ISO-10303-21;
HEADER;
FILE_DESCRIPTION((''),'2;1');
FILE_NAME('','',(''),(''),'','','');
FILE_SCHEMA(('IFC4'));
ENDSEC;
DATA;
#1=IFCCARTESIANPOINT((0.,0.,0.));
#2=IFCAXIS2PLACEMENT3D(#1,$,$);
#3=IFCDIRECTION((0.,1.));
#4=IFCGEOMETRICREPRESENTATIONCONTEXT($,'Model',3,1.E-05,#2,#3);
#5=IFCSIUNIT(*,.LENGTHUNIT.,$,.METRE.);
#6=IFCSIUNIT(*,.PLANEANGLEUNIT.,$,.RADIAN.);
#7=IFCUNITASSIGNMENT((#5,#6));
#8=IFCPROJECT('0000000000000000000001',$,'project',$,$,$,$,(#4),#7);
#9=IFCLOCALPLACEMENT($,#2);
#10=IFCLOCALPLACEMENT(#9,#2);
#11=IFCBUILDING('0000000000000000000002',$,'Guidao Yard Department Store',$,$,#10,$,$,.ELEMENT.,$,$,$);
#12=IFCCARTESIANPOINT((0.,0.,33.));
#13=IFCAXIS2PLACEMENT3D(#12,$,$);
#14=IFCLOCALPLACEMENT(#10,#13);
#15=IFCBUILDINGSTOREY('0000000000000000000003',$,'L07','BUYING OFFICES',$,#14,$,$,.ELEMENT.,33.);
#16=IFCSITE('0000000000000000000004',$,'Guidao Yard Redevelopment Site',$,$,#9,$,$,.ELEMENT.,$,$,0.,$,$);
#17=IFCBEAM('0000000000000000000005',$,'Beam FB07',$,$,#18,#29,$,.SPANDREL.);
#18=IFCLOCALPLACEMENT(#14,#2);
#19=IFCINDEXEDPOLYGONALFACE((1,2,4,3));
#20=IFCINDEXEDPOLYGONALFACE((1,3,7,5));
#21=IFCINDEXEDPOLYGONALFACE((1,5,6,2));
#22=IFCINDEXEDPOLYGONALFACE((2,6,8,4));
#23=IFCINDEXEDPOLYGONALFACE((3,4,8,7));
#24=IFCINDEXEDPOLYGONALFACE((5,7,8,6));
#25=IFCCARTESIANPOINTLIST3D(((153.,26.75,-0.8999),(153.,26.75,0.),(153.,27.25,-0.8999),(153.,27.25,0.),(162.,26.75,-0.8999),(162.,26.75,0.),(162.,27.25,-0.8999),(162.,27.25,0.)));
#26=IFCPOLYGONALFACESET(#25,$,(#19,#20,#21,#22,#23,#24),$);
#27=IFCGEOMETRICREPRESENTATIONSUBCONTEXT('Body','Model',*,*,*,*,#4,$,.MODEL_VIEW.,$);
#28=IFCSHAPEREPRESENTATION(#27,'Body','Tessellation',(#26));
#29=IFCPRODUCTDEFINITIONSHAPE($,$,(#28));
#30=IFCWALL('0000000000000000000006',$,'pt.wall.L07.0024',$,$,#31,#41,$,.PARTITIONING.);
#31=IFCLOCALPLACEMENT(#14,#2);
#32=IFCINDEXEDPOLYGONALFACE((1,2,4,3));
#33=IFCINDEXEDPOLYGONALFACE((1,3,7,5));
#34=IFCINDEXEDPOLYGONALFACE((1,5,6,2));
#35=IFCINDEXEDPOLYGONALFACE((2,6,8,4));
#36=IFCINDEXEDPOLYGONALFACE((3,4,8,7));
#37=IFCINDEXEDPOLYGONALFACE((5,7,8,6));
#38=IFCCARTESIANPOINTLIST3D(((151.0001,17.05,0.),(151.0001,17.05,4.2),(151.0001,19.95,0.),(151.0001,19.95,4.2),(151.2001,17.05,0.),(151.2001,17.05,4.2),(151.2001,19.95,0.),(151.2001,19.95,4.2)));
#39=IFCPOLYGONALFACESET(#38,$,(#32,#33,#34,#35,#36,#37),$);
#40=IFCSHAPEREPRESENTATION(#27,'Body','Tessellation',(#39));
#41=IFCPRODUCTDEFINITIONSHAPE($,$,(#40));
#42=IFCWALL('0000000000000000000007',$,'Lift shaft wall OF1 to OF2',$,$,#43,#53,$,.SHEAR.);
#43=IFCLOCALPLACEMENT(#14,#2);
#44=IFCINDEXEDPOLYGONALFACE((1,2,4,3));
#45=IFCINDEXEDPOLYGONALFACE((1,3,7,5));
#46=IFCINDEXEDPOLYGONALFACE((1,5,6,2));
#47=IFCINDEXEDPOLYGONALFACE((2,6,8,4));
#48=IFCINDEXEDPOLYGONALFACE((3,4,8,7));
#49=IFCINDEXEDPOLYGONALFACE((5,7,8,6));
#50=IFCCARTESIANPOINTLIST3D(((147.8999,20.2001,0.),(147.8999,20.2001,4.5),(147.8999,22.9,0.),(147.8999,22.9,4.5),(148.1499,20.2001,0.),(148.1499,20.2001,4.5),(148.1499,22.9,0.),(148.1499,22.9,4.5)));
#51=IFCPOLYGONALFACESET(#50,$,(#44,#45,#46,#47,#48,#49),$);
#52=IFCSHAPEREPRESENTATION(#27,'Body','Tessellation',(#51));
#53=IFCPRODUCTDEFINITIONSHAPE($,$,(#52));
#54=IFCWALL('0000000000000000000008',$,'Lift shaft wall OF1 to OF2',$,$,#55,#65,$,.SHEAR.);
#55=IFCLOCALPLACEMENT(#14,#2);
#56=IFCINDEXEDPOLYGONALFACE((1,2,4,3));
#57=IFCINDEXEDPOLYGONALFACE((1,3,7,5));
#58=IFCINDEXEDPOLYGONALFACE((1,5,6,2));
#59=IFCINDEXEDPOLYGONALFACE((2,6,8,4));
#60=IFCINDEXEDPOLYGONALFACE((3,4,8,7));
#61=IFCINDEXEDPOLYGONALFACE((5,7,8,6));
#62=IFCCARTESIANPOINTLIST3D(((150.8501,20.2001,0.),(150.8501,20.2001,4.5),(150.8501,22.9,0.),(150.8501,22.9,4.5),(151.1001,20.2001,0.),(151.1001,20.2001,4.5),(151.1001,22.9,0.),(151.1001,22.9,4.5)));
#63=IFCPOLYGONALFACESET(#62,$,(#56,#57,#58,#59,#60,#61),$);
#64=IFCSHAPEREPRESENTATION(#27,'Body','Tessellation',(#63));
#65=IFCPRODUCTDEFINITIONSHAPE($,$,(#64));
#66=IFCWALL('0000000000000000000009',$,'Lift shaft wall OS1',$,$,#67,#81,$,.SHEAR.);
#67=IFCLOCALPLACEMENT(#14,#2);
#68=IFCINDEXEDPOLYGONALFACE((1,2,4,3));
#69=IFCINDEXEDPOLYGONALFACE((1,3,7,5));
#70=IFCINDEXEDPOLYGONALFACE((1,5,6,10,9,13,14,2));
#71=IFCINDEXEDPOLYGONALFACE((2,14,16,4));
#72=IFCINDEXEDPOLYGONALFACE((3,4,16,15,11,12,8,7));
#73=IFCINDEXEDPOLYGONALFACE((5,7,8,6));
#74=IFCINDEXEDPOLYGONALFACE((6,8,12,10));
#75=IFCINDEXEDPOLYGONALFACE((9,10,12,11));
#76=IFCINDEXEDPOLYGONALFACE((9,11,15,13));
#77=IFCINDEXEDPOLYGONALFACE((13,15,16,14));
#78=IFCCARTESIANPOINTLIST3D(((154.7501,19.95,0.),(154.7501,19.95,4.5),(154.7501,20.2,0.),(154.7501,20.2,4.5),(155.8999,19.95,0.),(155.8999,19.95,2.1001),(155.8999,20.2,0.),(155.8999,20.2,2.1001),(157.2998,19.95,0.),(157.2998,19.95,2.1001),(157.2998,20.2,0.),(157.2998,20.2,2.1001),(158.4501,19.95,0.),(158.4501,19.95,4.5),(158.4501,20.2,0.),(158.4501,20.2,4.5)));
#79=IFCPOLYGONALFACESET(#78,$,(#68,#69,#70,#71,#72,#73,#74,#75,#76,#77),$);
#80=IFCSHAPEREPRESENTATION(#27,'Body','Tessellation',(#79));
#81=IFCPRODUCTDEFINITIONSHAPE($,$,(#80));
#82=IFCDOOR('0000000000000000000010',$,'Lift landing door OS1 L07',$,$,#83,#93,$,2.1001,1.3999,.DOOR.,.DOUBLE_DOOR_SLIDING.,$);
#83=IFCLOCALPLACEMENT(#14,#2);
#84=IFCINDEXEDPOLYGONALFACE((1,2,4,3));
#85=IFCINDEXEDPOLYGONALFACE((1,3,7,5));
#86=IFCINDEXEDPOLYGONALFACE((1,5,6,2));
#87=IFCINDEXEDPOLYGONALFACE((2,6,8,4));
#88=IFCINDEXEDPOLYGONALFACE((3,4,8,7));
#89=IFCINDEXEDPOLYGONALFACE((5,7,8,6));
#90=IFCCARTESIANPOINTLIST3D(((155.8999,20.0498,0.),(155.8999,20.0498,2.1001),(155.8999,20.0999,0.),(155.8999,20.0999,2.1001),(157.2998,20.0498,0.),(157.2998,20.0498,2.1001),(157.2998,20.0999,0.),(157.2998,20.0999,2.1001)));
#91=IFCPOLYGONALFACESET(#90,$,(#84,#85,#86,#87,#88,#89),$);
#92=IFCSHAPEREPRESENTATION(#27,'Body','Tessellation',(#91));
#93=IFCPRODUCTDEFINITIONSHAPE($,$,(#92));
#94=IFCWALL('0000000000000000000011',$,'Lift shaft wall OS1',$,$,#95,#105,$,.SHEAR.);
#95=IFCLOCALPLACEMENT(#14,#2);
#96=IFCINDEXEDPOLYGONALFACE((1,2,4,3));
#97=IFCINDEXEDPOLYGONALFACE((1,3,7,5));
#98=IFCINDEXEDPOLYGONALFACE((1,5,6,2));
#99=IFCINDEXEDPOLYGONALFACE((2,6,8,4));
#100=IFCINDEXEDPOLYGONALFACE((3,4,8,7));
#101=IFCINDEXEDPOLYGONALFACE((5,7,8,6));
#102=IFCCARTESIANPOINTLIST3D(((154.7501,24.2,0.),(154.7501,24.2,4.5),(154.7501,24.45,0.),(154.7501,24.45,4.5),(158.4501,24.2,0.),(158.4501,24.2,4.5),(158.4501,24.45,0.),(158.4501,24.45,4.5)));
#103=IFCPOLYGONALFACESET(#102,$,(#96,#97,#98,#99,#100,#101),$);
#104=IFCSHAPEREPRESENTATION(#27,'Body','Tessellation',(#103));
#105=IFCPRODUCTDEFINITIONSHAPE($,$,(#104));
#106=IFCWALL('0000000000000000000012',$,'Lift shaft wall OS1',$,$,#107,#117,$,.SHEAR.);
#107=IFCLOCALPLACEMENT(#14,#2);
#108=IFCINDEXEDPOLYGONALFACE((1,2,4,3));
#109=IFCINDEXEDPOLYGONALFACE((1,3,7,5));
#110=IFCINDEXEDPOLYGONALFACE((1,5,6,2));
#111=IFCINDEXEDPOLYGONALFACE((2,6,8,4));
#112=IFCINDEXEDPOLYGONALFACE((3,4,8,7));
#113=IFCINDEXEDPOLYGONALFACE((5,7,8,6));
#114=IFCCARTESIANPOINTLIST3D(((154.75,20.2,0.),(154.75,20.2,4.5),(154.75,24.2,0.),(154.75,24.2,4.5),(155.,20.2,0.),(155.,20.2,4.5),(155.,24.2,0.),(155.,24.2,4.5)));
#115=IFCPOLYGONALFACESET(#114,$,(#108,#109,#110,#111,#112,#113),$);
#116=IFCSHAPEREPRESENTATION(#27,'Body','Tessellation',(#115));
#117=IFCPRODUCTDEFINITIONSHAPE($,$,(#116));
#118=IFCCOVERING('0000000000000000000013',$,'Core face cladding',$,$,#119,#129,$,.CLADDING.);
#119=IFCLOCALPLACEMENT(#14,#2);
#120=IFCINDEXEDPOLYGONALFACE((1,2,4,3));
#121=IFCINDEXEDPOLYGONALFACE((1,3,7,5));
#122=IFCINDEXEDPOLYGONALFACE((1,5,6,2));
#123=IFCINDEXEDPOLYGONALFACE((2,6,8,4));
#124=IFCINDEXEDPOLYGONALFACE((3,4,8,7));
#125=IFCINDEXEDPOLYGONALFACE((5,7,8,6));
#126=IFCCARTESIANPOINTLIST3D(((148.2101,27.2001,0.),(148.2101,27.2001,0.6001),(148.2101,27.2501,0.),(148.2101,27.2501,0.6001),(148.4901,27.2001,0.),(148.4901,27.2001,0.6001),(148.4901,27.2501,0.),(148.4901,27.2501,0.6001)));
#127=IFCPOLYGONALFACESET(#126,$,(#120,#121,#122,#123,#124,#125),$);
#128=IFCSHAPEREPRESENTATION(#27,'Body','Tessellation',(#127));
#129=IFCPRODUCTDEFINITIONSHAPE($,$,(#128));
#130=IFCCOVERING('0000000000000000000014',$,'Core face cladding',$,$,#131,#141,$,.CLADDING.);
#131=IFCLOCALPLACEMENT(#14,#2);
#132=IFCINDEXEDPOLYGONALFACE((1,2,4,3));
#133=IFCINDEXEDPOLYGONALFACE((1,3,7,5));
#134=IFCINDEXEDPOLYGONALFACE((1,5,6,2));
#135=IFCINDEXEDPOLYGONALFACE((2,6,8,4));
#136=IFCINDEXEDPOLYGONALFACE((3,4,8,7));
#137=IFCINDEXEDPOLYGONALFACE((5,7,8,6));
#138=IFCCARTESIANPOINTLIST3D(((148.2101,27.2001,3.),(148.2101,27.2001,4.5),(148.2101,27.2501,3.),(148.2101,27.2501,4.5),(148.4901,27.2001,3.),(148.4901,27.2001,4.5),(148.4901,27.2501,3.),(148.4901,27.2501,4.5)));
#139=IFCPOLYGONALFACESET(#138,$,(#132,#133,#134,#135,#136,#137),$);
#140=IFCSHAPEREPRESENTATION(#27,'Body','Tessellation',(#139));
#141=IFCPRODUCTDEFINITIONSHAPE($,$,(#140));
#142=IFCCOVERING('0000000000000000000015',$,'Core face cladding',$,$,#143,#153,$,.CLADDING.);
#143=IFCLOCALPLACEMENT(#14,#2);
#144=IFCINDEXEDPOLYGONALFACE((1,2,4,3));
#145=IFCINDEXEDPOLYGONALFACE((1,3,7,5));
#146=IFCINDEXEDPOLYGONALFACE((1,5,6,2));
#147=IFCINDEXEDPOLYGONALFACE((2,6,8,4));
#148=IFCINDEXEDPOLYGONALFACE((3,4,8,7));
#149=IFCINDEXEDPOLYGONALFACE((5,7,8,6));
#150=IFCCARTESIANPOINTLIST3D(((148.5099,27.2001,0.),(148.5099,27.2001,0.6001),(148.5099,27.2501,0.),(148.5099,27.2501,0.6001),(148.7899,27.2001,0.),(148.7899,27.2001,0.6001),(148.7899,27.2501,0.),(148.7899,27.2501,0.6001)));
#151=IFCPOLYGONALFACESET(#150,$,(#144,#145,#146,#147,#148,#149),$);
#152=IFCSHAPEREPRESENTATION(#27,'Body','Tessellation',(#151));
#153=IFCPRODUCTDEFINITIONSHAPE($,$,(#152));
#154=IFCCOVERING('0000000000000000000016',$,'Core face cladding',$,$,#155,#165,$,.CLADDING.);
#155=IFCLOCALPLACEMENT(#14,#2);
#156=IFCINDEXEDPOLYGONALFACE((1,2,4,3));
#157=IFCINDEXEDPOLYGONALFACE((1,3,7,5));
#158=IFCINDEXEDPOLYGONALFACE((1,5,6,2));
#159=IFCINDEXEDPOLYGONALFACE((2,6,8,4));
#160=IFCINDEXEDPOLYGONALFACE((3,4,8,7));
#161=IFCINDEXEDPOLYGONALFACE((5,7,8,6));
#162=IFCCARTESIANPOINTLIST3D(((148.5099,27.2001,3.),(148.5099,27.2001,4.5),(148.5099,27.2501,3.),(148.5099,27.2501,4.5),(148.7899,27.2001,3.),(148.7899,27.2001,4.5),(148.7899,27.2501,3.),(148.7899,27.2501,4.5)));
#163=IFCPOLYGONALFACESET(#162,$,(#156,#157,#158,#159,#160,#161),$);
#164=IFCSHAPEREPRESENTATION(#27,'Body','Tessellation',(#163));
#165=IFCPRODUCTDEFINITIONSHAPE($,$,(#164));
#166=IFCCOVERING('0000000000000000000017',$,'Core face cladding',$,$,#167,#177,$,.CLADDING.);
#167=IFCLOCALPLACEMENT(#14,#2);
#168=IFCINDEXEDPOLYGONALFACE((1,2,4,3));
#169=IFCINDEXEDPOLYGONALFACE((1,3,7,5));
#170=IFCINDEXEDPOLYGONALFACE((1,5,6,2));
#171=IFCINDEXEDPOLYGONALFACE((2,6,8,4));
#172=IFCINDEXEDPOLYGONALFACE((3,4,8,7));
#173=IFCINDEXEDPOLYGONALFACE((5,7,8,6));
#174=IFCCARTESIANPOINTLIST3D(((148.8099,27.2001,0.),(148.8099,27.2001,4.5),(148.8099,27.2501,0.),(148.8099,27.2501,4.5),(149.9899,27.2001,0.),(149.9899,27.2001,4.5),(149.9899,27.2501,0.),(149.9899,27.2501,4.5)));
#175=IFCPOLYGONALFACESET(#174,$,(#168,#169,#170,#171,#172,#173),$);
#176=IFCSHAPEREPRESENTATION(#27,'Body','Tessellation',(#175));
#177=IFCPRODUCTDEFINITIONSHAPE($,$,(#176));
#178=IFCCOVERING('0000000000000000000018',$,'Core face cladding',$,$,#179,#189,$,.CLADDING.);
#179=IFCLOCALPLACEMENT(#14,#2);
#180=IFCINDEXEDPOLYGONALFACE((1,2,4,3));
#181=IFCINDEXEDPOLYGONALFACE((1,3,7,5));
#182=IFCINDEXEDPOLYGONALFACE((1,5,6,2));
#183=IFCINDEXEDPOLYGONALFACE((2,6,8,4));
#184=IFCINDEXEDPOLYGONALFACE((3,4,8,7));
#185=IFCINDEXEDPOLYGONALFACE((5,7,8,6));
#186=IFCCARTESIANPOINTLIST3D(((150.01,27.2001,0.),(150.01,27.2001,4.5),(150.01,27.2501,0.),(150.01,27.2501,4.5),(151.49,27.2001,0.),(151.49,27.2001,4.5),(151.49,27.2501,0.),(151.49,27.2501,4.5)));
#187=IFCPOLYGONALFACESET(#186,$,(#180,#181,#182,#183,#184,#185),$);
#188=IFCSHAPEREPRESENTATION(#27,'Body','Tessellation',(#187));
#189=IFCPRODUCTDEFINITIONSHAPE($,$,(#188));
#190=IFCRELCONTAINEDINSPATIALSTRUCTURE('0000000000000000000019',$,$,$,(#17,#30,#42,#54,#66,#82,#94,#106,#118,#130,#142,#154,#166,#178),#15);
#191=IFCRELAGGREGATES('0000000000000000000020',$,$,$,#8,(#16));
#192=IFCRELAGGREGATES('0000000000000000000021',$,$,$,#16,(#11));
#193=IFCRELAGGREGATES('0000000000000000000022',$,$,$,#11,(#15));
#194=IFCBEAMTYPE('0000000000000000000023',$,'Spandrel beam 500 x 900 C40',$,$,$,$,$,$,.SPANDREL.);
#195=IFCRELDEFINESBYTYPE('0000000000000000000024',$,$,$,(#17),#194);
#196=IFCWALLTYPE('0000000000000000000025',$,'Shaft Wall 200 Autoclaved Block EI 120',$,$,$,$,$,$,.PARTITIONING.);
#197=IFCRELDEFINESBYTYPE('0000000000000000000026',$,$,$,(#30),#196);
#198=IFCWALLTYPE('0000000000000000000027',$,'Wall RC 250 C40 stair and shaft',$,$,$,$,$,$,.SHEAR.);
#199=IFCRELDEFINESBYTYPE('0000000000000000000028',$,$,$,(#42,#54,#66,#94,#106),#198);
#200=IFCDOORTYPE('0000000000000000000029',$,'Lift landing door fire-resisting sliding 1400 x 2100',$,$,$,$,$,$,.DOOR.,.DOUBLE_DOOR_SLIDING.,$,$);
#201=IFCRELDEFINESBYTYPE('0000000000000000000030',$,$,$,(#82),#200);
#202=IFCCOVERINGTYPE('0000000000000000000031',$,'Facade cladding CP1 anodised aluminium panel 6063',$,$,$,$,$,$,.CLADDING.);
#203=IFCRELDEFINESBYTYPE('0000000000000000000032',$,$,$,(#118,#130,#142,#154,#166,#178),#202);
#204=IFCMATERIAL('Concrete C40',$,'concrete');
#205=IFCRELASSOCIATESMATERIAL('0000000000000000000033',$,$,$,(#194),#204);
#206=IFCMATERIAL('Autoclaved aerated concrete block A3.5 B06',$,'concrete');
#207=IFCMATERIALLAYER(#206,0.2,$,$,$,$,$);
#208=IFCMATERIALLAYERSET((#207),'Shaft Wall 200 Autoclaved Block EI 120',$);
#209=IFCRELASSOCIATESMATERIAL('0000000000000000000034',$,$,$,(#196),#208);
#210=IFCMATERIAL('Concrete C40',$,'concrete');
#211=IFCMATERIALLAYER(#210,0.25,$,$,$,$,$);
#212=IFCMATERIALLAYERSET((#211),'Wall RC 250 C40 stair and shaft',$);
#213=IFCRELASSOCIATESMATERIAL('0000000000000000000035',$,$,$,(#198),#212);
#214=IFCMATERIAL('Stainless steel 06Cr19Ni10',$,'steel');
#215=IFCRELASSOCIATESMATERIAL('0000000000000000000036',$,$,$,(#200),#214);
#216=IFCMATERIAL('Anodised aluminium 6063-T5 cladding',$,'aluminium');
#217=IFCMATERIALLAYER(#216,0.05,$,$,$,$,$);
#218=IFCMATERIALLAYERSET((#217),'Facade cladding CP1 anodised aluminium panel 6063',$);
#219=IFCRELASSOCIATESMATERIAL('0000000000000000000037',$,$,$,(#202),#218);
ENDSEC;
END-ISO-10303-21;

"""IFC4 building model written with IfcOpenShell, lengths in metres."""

from ifc_helpers import new_model, si_unit, direction, frame, frame_2d, origin, origin_2d, place, context, subcontext, project, spatial, rectangle, extrude, material, layer, layer_set, material_profile, profile_set, type_object, element, fill, save


model = new_model("IFC4")

# Units and contexts
model_context = context("Model", 3, precision=1e-05, world=origin(), true_north=direction((0.0, 1.0)))
body_context = subcontext(model_context, "Body", "Model", "MODEL_VIEW")
ifc_project = project(units=[si_unit("LENGTHUNIT", "METRE"), si_unit("PLANEANGLEUNIT", "RADIAN")], contexts=[model_context])

# Site, building, storey
site_placement = place(None, origin())
site = spatial("IfcSite", under=ifc_project, at=site_placement, Name="Guidao Yard Redevelopment Site", CompositionType="ELEMENT", RefElevation=0.0)
building_placement = place(site_placement, origin())
building = spatial("IfcBuilding", under=site, at=building_placement, Name="Guidao Yard Department Store", CompositionType="ELEMENT")
storey_placement = place(building_placement, frame((0.0, 0.0, 33.0)))
storey = spatial("IfcBuildingStorey", under=building, at=storey_placement, Name="L07", Description="BUYING OFFICES", CompositionType="ELEMENT", Elevation=33.0)

# Beam
ifc_material_1 = material(Name="Concrete C40", Category="concrete")
ifc_material_profile = material_profile(ifc_material_1, rectangle(XDim=0.5, YDim=0.8999, at=origin_2d()), Name="Spandrel beam 500 x 900 C40")
ifc_profile_set = profile_set([ifc_material_profile], Name="Concrete C40")
beam_type = type_object("IfcBeamType", Name="Spandrel beam 500 x 900 C40", PredefinedType="SPANDREL", material=ifc_profile_set)
beam_placement = place(storey_placement, frame((153.0, 27.0, -0.45), z_axis=(1.0, 0.0, 0.0), x_axis=(0.0, 1.0, 0.0)))
element("IfcBeam", 1, at=beam_placement, inside=storey, type_object=beam_type, Name="Beam FB07", PredefinedType="SPANDREL", context=body_context, shape_type="SweptSolid", body=[
    extrude(rectangle(XDim=0.5, YDim=0.8999, at=origin_2d()), origin(), (0.0, 0.0, 1.0), 9.0),
])

# Walls
ifc_material_2 = material(Name="Autoclaved aerated concrete block A3.5 B06", Category="concrete")
ifc_layer_1 = layer(ifc_material_2, 0.2)
ifc_layer_set_1 = layer_set([ifc_layer_1], Name="Shaft Wall 200 Autoclaved Block EI 120")
wall_type_1 = type_object("IfcWallType", Name="Shaft Wall 200 Autoclaved Block EI 120", PredefinedType="PARTITIONING", material=ifc_layer_set_1)
wall_1_placement = place(storey_placement, frame((151.1001, 17.05, 0.0), z_axis=(0.0, 0.0, 1.0), x_axis=(0.0, 1.0, 0.0)))
element("IfcWall", 2, at=wall_1_placement, inside=storey, type_object=wall_type_1, Name="pt.wall.L07.0024", PredefinedType="PARTITIONING", context=body_context, shape_type="SweptSolid", body=[
    extrude(rectangle(XDim=2.8999, YDim=0.2, at=frame_2d((1.45, 0.0))), origin(), (0.0, 0.0, 1.0), 4.2),
])
ifc_material_3 = material(Name="Concrete C40", Category="concrete")
ifc_layer_2 = layer(ifc_material_3, 0.25)
ifc_layer_set_2 = layer_set([ifc_layer_2], Name="Wall RC 250 C40 stair and shaft")
wall_type_2 = type_object("IfcWallType", Name="Wall RC 250 C40 stair and shaft", PredefinedType="SHEAR", material=ifc_layer_set_2)
for number, where, z_axis, x_axis, name in (
    (3, (148.0249, 20.2, 0.0), (0.0, 0.0, 1.0), (0.0, 1.0, 0.0), "Lift shaft wall OF1 to OF2"),
    (4, (150.9751, 20.2, 0.0), (0.0, 0.0, 1.0), (0.0, 1.0, 0.0), "Lift shaft wall OF1 to OF2"),
):
    element("IfcWall", number, at=place(storey_placement, frame(where, z_axis=z_axis, x_axis=x_axis)), inside=storey, type_object=wall_type_2, Name=name, PredefinedType="SHEAR", context=body_context, shape_type="SweptSolid", body=[
        extrude(rectangle(XDim=2.7, YDim=0.25, at=frame_2d((1.3501, 0.0))), origin(), (0.0, 0.0, 1.0), 4.5),
    ])

# Wall, opening, door
wall_2_placement = place(storey_placement, frame((154.75, 20.075, 0.0), z_axis=(0.0, 0.0, 1.0), x_axis=(1.0, 0.0, 0.0)))
wall_2 = element("IfcWall", 5, at=wall_2_placement, inside=storey, type_object=wall_type_2, Name="Lift shaft wall OS1", PredefinedType="SHEAR", context=body_context, shape_type="SweptSolid", body=[
    extrude(rectangle(XDim=3.7, YDim=0.25, at=frame_2d((1.8501, 0.0))), origin(), (0.0, 0.0, 1.0), 4.5),
])
opening_placement = place(wall_2_placement, frame((1.1499, 0.0, 0.0)))
opening = element("IfcOpeningElement", 6, at=opening_placement, cuts=wall_2, PredefinedType="OPENING", context=body_context, shape_type="SweptSolid", body=[
    extrude(rectangle(XDim=1.3999, YDim=2.1001, at=frame_2d((0.7, 1.05))), frame((0.0, 0.135, 0.0), z_axis=(0.0, -1.0, 0.0), x_axis=(1.0, 0.0, 0.0)), (0.0, 0.0, 1.0), 0.27),
])
ifc_material_4 = material(Name="Stainless steel 06Cr19Ni10", Category="steel")
door_type = type_object("IfcDoorType", Name="Lift landing door fire-resisting sliding 1400 x 2100", OperationType="DOUBLE_DOOR_SLIDING", PredefinedType="DOOR", material=ifc_material_4)
door_placement = place(opening_placement, origin())
door = element("IfcDoor", 7, at=door_placement, inside=storey, type_object=door_type, Name="Lift landing door OS1 L07", OperationType="DOUBLE_DOOR_SLIDING", OverallHeight=2.1001, OverallWidth=1.3999, PredefinedType="DOOR", context=body_context, shape_type="SweptSolid", body=[
    extrude(rectangle(XDim=1.3999, YDim=2.1001, at=frame_2d((0.7, 1.05))), frame((0.0, 0.0249, 0.0), z_axis=(0.0, -1.0, 0.0), x_axis=(1.0, 0.0, 0.0)), (0.0, 0.0, 1.0), 0.05),
])
fill(opening, door)

# Walls
wall_3_placement = place(storey_placement, frame((154.75, 24.325, 0.0), z_axis=(0.0, 0.0, 1.0), x_axis=(1.0, 0.0, 0.0)))
element("IfcWall", 8, at=wall_3_placement, inside=storey, type_object=wall_type_2, Name="Lift shaft wall OS1", PredefinedType="SHEAR", context=body_context, shape_type="SweptSolid", body=[
    extrude(rectangle(XDim=3.7, YDim=0.25, at=frame_2d((1.8501, 0.0))), origin(), (0.0, 0.0, 1.0), 4.5),
])
wall_4_placement = place(storey_placement, frame((154.875, 20.2, 0.0), z_axis=(0.0, 0.0, 1.0), x_axis=(0.0, 1.0, 0.0)))
element("IfcWall", 9, at=wall_4_placement, inside=storey, type_object=wall_type_2, Name="Lift shaft wall OS1", PredefinedType="SHEAR", context=body_context, shape_type="SweptSolid", body=[
    extrude(rectangle(XDim=4.0, YDim=0.25, at=frame_2d((2.0, 0.0))), origin(), (0.0, 0.0, 1.0), 4.5),
])

# Coverings
ifc_material_5 = material(Name="Anodised aluminium 6063-T5 cladding", Category="aluminium")
ifc_layer_3 = layer(ifc_material_5, 0.05)
ifc_layer_set_3 = layer_set([ifc_layer_3], Name="Facade cladding CP1 anodised aluminium panel 6063")
covering_type = type_object("IfcCoveringType", Name="Facade cladding CP1 anodised aluminium panel 6063", PredefinedType="CLADDING", material=ifc_layer_set_3)
covering_1_placement = place(storey_placement, frame((148.3501, 27.2251, 0.0), z_axis=(0.0, 0.0, 1.0), x_axis=(1.0, 0.0, 0.0)))
element("IfcCovering", 10, at=covering_1_placement, inside=storey, type_object=covering_type, Name="Core face cladding", PredefinedType="CLADDING", context=body_context, shape_type="SweptSolid", body=[
    extrude(rectangle(XDim=0.28, YDim=0.05, at=origin_2d()), origin(), (0.0, 0.0, 1.0), 0.6001),
])
covering_2_placement = place(storey_placement, frame((148.3501, 27.2251, 3.0), z_axis=(0.0, 0.0, 1.0), x_axis=(1.0, 0.0, 0.0)))
element("IfcCovering", 11, at=covering_2_placement, inside=storey, type_object=covering_type, Name="Core face cladding", PredefinedType="CLADDING", context=body_context, shape_type="SweptSolid", body=[
    extrude(rectangle(XDim=0.28, YDim=0.05, at=origin_2d()), origin(), (0.0, 0.0, 1.0), 1.5),
])
covering_3_placement = place(storey_placement, frame((148.6499, 27.2251, 0.0), z_axis=(0.0, 0.0, 1.0), x_axis=(1.0, 0.0, 0.0)))
element("IfcCovering", 12, at=covering_3_placement, inside=storey, type_object=covering_type, Name="Core face cladding", PredefinedType="CLADDING", context=body_context, shape_type="SweptSolid", body=[
    extrude(rectangle(XDim=0.28, YDim=0.05, at=origin_2d()), origin(), (0.0, 0.0, 1.0), 0.6001),
])
covering_4_placement = place(storey_placement, frame((148.6499, 27.2251, 3.0), z_axis=(0.0, 0.0, 1.0), x_axis=(1.0, 0.0, 0.0)))
element("IfcCovering", 13, at=covering_4_placement, inside=storey, type_object=covering_type, Name="Core face cladding", PredefinedType="CLADDING", context=body_context, shape_type="SweptSolid", body=[
    extrude(rectangle(XDim=0.28, YDim=0.05, at=origin_2d()), origin(), (0.0, 0.0, 1.0), 1.5),
])
covering_5_placement = place(storey_placement, frame((149.3999, 27.2251, 0.0), z_axis=(0.0, 0.0, 1.0), x_axis=(1.0, 0.0, 0.0)))
element("IfcCovering", 14, at=covering_5_placement, inside=storey, type_object=covering_type, Name="Core face cladding", PredefinedType="CLADDING", context=body_context, shape_type="SweptSolid", body=[
    extrude(rectangle(XDim=1.1799, YDim=0.05, at=origin_2d()), origin(), (0.0, 0.0, 1.0), 4.5),
])
for number, where, z_axis, x_axis, name in (
    (15, (150.75, 27.2251, 0.0), (0.0, 0.0, 1.0), (1.0, 0.0, 0.0), "Core face cladding"),
):
    element("IfcCovering", number, at=place(storey_placement, frame(where, z_axis=z_axis, x_axis=x_axis)), inside=storey, type_object=covering_type, Name=name, PredefinedType="CLADDING", context=body_context, shape_type="SweptSolid", body=[
        extrude(rectangle(XDim=1.48, YDim=0.05, at=origin_2d()), origin(), (0.0, 0.0, 1.0), 4.5),
    ])

save(model, "model.ifc")
